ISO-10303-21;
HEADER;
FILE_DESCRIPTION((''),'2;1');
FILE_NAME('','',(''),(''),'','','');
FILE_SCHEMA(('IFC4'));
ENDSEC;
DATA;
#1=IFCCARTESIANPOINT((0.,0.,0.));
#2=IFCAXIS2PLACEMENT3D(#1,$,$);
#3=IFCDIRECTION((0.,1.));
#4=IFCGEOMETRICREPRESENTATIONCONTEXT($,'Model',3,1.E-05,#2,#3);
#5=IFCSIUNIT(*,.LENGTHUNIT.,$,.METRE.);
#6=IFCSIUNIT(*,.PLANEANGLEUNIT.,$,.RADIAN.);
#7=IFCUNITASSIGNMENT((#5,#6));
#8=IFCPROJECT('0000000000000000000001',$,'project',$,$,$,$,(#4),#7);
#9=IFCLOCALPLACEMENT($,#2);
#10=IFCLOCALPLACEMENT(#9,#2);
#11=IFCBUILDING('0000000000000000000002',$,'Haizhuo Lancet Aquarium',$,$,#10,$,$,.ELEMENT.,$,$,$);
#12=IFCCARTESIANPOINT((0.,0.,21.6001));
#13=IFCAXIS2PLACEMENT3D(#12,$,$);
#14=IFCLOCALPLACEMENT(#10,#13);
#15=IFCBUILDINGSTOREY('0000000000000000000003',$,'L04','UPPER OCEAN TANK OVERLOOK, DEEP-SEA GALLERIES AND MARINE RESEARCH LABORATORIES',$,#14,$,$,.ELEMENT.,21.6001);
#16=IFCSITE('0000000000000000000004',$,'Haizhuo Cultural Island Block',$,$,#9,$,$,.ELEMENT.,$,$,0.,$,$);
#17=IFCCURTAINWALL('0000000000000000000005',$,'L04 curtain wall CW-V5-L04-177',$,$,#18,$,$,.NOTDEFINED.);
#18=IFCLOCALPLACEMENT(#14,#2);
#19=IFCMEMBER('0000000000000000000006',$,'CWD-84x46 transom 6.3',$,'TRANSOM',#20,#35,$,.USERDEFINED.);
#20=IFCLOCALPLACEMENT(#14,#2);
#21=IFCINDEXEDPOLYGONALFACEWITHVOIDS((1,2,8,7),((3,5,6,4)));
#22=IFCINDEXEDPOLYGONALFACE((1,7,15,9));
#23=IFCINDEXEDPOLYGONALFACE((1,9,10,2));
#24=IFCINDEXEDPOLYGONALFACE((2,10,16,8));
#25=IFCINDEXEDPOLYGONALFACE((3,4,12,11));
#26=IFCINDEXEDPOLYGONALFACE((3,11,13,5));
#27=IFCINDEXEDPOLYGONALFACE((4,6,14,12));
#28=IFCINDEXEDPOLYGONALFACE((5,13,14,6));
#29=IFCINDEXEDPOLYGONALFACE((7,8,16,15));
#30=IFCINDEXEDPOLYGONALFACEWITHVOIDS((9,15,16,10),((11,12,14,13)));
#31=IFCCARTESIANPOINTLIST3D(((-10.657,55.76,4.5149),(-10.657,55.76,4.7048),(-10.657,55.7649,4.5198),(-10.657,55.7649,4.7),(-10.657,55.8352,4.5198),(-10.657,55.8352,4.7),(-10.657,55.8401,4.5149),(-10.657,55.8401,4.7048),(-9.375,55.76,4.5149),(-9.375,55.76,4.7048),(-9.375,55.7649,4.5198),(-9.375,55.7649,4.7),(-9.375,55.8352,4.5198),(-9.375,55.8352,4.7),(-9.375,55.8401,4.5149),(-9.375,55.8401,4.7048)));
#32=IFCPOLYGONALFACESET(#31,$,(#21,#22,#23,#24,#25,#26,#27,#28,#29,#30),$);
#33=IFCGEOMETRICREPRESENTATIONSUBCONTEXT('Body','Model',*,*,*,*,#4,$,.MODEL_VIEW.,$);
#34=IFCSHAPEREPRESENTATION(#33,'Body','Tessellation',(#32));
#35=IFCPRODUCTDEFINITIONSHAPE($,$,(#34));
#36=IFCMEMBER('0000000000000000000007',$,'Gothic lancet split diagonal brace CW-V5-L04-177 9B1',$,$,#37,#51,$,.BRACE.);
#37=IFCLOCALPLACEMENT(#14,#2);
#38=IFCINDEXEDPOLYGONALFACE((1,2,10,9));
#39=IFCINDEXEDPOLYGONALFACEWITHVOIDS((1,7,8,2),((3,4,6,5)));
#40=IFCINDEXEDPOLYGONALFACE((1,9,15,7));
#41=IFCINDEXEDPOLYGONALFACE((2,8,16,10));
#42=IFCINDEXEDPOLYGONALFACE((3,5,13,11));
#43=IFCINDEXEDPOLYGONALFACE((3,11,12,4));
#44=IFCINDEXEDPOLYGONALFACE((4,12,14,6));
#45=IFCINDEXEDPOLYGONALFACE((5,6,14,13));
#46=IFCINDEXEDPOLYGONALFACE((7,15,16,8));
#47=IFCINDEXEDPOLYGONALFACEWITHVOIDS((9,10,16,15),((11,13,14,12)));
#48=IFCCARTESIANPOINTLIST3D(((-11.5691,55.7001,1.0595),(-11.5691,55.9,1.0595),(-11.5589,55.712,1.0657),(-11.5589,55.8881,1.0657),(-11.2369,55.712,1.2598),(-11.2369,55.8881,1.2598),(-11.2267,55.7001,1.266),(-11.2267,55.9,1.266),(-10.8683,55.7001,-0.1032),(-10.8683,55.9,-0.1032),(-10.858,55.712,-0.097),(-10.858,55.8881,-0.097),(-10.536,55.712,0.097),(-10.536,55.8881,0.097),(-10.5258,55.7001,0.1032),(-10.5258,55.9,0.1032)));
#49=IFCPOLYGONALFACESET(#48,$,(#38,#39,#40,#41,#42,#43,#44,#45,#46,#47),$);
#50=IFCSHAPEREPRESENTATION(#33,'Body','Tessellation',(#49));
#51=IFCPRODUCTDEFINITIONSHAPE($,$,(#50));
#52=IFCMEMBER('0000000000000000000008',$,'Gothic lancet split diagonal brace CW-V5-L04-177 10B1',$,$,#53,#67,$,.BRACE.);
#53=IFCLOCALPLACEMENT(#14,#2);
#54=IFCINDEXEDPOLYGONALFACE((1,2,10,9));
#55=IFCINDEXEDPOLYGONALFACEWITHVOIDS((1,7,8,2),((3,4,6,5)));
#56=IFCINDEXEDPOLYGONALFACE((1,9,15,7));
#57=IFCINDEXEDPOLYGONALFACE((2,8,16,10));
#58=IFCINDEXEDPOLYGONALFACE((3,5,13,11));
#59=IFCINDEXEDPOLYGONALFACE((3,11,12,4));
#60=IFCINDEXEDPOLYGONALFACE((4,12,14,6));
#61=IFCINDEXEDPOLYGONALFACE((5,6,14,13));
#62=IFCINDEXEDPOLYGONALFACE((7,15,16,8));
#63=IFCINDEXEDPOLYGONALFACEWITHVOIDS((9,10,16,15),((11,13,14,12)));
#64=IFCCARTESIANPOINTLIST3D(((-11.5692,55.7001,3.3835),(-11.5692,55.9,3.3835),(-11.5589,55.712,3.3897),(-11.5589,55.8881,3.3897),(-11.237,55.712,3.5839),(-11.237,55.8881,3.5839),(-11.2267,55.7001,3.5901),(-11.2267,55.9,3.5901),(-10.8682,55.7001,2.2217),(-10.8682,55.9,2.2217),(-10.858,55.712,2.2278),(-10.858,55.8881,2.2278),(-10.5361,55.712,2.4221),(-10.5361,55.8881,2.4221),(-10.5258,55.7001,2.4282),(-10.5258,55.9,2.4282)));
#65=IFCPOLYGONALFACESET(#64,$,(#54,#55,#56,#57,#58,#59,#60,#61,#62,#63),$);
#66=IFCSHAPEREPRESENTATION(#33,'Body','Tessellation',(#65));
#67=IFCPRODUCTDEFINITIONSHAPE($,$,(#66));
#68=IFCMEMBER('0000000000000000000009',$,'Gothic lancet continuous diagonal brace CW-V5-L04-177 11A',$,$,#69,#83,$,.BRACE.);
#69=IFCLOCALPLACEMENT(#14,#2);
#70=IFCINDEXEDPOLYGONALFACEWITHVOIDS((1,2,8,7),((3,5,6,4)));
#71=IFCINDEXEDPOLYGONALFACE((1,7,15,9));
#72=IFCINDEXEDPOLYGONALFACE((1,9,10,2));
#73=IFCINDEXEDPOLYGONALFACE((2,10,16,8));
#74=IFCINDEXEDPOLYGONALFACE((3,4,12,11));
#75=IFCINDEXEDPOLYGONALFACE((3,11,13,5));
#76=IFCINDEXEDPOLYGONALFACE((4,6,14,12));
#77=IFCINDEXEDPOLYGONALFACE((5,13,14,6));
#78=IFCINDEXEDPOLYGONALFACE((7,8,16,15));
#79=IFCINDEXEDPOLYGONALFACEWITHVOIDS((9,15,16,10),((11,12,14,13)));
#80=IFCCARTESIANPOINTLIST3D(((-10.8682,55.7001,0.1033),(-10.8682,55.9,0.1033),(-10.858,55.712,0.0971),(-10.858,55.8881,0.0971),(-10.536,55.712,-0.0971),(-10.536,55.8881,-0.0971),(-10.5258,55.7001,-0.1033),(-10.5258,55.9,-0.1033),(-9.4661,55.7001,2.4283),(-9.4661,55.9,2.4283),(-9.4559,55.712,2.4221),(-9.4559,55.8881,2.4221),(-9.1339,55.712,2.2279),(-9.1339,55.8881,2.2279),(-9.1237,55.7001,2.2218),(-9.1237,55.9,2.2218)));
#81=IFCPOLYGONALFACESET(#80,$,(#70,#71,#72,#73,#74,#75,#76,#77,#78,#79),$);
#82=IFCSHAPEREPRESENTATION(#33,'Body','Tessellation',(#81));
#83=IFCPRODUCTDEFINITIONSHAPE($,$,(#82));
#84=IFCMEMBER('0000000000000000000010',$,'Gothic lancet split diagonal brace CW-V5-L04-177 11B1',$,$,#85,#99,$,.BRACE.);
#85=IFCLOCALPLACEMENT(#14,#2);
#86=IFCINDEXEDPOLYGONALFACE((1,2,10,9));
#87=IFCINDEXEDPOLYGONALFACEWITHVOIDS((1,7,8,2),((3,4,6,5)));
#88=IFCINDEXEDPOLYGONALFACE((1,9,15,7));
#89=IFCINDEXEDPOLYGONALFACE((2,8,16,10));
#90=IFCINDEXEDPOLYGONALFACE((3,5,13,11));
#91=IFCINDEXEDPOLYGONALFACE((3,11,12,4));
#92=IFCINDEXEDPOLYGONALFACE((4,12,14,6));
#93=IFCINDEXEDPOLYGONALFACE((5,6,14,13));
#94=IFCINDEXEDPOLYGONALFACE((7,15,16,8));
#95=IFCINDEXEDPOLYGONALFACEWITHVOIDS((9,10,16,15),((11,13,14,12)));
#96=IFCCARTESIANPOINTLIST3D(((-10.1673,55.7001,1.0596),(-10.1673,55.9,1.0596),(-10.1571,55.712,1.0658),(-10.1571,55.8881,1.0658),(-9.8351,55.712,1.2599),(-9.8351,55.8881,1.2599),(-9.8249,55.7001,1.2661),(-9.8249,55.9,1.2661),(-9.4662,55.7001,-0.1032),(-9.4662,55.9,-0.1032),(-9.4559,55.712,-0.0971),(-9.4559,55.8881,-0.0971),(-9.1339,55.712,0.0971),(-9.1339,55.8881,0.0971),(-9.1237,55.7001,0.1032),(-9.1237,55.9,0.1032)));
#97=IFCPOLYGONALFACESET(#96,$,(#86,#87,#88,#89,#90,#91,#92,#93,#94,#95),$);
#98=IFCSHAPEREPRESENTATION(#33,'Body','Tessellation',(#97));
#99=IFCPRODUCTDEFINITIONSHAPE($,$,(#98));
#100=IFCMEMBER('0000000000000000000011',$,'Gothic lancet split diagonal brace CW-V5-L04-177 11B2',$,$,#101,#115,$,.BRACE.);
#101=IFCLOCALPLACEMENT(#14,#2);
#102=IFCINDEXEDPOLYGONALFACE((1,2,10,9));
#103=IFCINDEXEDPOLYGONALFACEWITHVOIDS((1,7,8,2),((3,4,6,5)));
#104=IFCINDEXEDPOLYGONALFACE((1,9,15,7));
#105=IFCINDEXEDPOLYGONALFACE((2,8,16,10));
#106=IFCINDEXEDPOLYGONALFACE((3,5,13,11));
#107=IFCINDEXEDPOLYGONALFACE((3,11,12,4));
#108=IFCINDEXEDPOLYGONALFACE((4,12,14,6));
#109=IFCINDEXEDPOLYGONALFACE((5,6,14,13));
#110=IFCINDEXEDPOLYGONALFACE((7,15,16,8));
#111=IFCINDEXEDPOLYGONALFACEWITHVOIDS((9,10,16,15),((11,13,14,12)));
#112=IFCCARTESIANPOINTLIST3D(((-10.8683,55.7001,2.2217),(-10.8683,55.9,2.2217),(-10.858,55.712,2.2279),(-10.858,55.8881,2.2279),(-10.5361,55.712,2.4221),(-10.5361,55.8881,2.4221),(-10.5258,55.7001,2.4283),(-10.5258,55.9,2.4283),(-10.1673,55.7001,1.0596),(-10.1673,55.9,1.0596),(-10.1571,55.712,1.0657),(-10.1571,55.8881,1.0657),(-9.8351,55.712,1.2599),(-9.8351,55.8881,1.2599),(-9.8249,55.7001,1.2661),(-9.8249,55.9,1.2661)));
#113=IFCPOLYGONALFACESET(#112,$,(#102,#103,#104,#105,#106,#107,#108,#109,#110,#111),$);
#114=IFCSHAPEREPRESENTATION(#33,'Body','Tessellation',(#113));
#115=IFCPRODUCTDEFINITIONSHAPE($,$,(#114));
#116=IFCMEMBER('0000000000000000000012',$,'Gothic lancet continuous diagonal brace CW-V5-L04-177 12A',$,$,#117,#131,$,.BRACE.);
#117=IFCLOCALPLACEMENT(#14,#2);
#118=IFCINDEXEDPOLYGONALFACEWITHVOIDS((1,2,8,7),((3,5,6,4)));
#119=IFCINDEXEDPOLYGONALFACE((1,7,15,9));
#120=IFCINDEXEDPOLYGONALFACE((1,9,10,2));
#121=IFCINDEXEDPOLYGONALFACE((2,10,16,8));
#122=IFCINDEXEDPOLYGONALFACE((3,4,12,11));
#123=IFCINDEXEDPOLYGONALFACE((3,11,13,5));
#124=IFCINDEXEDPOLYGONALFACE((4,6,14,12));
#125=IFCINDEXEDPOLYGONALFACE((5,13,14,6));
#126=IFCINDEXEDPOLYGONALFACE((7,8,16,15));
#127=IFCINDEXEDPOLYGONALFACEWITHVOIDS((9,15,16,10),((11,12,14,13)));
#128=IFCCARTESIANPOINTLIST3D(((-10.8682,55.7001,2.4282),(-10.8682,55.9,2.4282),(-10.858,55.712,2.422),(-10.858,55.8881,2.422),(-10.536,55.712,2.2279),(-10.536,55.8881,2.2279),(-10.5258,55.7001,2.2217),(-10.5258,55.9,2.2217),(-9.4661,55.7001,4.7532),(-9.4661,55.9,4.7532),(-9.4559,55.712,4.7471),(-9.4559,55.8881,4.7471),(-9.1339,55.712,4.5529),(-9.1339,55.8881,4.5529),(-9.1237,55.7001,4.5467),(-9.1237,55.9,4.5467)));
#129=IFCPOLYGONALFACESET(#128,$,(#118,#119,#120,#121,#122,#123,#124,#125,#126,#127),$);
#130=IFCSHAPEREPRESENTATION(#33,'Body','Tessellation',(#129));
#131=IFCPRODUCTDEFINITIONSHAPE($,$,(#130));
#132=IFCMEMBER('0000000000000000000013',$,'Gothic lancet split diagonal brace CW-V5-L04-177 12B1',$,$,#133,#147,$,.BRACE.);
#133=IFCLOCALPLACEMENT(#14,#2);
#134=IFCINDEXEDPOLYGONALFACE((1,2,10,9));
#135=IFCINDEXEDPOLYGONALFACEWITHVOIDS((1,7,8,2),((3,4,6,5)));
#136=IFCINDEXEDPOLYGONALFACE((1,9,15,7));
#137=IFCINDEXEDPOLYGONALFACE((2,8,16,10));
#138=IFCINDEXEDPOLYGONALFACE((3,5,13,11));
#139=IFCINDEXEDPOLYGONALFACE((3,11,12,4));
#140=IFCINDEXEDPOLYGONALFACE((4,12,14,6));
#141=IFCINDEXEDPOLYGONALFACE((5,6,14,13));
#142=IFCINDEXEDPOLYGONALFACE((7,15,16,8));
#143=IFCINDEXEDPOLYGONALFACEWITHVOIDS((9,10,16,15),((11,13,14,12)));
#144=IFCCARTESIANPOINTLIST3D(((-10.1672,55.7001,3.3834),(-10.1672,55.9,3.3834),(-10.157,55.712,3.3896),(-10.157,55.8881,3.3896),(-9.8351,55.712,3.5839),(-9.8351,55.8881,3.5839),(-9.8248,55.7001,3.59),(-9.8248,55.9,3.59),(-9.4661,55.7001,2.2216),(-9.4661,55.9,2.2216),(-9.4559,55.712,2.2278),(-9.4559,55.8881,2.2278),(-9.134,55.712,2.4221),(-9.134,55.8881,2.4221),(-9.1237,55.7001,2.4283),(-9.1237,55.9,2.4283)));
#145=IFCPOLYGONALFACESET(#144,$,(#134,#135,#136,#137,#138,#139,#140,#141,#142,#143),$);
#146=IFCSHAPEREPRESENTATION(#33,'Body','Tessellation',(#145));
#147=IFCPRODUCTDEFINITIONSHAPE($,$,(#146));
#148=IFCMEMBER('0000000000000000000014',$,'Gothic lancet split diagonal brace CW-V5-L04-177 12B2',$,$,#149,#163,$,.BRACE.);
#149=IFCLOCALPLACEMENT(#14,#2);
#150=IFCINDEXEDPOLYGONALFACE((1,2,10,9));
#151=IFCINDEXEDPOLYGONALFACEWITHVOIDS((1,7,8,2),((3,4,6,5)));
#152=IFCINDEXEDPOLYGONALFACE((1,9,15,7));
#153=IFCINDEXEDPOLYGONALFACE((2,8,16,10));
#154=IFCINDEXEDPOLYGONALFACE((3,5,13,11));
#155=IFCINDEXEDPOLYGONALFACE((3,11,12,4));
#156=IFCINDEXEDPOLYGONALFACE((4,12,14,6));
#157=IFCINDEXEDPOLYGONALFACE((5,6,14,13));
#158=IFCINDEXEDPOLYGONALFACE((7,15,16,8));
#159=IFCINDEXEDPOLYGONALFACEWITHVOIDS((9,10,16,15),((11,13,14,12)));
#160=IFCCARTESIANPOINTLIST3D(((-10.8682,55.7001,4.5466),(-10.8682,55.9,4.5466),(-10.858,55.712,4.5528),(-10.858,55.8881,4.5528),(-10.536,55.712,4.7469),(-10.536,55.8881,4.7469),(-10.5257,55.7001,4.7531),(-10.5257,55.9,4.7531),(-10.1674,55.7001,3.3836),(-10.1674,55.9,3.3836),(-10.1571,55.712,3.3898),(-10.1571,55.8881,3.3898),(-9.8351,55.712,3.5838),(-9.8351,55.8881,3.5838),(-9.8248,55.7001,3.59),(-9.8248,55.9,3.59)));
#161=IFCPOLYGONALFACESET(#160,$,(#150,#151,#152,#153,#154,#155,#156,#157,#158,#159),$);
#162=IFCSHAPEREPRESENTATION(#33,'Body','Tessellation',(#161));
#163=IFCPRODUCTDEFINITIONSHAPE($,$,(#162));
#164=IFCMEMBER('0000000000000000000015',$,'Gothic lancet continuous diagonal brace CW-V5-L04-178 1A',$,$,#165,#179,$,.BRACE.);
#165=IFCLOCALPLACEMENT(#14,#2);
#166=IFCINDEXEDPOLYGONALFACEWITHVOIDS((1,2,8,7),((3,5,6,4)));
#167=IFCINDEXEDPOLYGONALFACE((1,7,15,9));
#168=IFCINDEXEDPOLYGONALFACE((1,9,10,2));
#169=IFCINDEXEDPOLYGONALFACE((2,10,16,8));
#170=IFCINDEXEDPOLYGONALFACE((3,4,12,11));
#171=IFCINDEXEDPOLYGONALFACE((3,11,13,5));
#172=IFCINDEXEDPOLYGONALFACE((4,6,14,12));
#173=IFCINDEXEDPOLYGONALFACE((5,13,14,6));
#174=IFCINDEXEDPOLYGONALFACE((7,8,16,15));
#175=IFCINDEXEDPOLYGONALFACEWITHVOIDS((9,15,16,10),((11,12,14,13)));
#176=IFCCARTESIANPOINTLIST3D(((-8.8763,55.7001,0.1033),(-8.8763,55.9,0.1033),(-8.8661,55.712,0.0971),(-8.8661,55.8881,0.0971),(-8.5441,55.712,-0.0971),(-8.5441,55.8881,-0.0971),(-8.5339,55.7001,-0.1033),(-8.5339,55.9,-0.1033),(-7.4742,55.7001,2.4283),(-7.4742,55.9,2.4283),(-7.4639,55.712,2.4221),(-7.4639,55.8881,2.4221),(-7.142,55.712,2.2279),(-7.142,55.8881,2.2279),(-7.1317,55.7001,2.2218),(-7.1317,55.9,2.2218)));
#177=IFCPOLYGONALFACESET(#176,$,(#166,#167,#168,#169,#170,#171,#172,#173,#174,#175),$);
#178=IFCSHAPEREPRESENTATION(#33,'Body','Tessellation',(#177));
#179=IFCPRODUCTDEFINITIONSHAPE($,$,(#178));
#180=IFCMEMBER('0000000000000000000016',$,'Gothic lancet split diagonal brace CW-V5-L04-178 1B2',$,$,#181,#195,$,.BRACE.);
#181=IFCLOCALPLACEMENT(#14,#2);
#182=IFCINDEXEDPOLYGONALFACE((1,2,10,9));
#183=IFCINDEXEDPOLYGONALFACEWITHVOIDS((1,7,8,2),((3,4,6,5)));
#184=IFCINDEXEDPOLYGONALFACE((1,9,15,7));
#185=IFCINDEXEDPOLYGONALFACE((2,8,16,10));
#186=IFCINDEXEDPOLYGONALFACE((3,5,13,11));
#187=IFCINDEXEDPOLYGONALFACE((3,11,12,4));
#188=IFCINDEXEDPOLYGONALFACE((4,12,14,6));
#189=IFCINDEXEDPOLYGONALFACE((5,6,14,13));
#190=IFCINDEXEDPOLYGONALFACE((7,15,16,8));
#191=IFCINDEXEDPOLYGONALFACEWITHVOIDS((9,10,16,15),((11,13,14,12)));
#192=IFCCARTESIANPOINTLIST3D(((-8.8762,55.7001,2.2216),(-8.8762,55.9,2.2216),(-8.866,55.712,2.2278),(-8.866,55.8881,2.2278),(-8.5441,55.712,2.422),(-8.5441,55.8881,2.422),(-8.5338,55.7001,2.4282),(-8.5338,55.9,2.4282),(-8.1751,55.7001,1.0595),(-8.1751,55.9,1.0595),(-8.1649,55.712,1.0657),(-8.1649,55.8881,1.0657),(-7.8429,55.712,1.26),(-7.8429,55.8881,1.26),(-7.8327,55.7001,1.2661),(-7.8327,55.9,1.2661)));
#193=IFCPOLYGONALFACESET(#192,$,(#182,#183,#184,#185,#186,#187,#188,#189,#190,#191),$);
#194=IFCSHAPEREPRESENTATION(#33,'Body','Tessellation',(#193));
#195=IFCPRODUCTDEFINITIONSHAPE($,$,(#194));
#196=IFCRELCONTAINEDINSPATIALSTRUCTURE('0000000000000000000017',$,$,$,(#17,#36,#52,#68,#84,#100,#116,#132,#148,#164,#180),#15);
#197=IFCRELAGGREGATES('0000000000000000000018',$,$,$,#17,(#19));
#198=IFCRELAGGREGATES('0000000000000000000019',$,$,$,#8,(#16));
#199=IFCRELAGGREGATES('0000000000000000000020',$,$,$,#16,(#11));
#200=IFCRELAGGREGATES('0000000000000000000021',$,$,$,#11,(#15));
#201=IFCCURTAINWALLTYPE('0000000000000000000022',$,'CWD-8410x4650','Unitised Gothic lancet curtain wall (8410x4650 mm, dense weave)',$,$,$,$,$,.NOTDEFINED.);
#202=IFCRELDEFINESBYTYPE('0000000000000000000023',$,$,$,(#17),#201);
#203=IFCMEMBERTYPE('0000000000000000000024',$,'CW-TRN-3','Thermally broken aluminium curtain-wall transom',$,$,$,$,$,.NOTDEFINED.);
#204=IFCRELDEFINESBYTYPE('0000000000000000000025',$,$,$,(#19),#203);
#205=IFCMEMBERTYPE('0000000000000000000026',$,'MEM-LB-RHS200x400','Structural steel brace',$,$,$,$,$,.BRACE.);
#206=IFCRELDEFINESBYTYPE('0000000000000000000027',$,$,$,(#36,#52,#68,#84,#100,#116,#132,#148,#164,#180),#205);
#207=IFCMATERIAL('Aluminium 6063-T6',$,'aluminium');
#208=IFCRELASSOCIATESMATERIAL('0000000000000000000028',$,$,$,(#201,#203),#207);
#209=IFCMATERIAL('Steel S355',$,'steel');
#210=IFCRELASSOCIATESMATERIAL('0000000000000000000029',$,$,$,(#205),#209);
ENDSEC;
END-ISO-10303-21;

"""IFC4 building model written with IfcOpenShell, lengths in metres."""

from ifc_helpers import new_model, si_unit, direction, frame, origin, origin_2d, place, context, subcontext, project, spatial, hollow_rectangle, extrude, material, material_profile, profile_set, type_object, element, aggregate, save


model = new_model("IFC4")

# Units and contexts
model_context = context("Model", 3, precision=1e-05, world=origin(), true_north=direction((0.0, 1.0)))
body_context = subcontext(model_context, "Body", "Model", "MODEL_VIEW")
ifc_project = project(units=[si_unit("LENGTHUNIT", "METRE"), si_unit("PLANEANGLEUNIT", "RADIAN")], contexts=[model_context])

# Site, building, storey
site_placement = place(None, origin())
site = spatial("IfcSite", under=ifc_project, at=site_placement, Name="Haizhuo Cultural Island Block", CompositionType="ELEMENT", RefElevation=0.0)
building_placement = place(site_placement, origin())
building = spatial("IfcBuilding", under=site, at=building_placement, Name="Haizhuo Lancet Aquarium", CompositionType="ELEMENT")
storey_placement = place(building_placement, frame((0.0, 0.0, 21.6001)))
storey = spatial("IfcBuildingStorey", under=building, at=storey_placement, Name="L04", Description="UPPER OCEAN TANK OVERLOOK, DEEP-SEA GALLERIES AND MARINE RESEARCH LABORATORIES", CompositionType="ELEMENT", Elevation=21.6001)

# Shared definitions
ifc_material_1 = material(Name="Aluminium 6063-T6", Category="aluminium")
curtain_wall_type = type_object("IfcCurtainWallType", Name="CWD-8410x4650", Description="Unitised Gothic lancet curtain wall (8410x4650 mm, dense weave)", PredefinedType="NOTDEFINED", material=ifc_material_1)

# Curtain wall
curtain_wall_1_placement = place(storey_placement, origin())
curtain_wall_1 = element("IfcCurtainWall", 1, at=curtain_wall_1_placement, inside=storey, type_object=curtain_wall_type, Name="L04 curtain wall CW-V5-L04-177", PredefinedType="NOTDEFINED")

# Member
ifc_material_profile_1 = material_profile(ifc_material_1, hollow_rectangle(XDim=0.0801, YDim=0.1899, WallThickness=0.0049, at=origin_2d()), Name="ALU-T 80x190x5")
ifc_profile_set_1 = profile_set([ifc_material_profile_1], Name="Aluminium 6063-T6")
member_type_1 = type_object("IfcMemberType", Name="CW-TRN-3", Description="Thermally broken aluminium curtain-wall transom", PredefinedType="NOTDEFINED", material=ifc_profile_set_1)
member_1_placement = place(storey_placement, frame((-10.657, 55.8, 4.6099), z_axis=(1.0, 0.0, 0.0), x_axis=(0.0, 1.0, 0.0)))
member_1 = element("IfcMember", 2, at=member_1_placement, type_object=member_type_1, Name="CWD-84x46 transom 6.3", ObjectType="TRANSOM", PredefinedType="USERDEFINED", context=body_context, shape_type="SweptSolid", body=[
    extrude(hollow_rectangle(XDim=0.0801, YDim=0.1899, WallThickness=0.0049, at=origin_2d()), origin(), (0.0, 0.0, 1.0), 1.282),
])

# Members
ifc_material_2 = material(Name="Steel S355", Category="steel")
ifc_material_profile_2 = material_profile(ifc_material_2, hollow_rectangle(XDim=0.2, YDim=0.3999, WallThickness=0.012, at=origin_2d()), Name="RHS 200x400x12")
ifc_profile_set_2 = profile_set([ifc_material_profile_2], Name="Steel S355")
member_type_2 = type_object("IfcMemberType", Name="MEM-LB-RHS200x400", Description="Structural steel brace", PredefinedType="BRACE", material=ifc_profile_set_2)
member_2_placement = place(storey_placement, frame((-10.697, 55.8, 0.0), z_axis=(-0.51624, 0.0, 0.856444), x_axis=(0.0, -1.0, 0.0)))
element("IfcMember", 3, at=member_2_placement, inside=storey, type_object=member_type_2, Name="Gothic lancet split diagonal brace CW-V5-L04-177 9B1", PredefinedType="BRACE", context=body_context, shape_type="SweptSolid", body=[
    extrude(hollow_rectangle(XDim=0.2, YDim=0.3999, WallThickness=0.012, at=origin_2d()), origin(), (0.0, 0.0, 1.0), 1.3577),
])
member_3_placement = place(storey_placement, frame((-10.697, 55.8, 2.325), z_axis=(-0.516558, 0.0, 0.856252), x_axis=(0.0, -1.0, 0.0)))
element("IfcMember", 4, at=member_3_placement, inside=storey, type_object=member_type_2, Name="Gothic lancet split diagonal brace CW-V5-L04-177 10B1", PredefinedType="BRACE", context=body_context, shape_type="SweptSolid", body=[
    extrude(hollow_rectangle(XDim=0.2, YDim=0.3999, WallThickness=0.012, at=origin_2d()), origin(), (0.0, 0.0, 1.0), 1.3569),
])
member_4_placement = place(storey_placement, frame((-10.697, 55.8, 0.0), z_axis=(0.516425, 0.0, 0.856332), x_axis=(0.0, 1.0, 0.0)))
element("IfcMember", 5, at=member_4_placement, inside=storey, type_object=member_type_2, Name="Gothic lancet continuous diagonal brace CW-V5-L04-177 11A", PredefinedType="BRACE", context=body_context, shape_type="SweptSolid", body=[
    extrude(hollow_rectangle(XDim=0.2, YDim=0.3999, WallThickness=0.012, at=origin_2d()), origin(), (0.0, 0.0, 1.0), 2.7151),
])
member_5_placement = place(storey_placement, frame((-9.2949, 55.8, 0.0), z_axis=(-0.516372, 0.0, 0.856365), x_axis=(0.0, -1.0, 0.0)))
element("IfcMember", 6, at=member_5_placement, inside=storey, type_object=member_type_2, Name="Gothic lancet split diagonal brace CW-V5-L04-177 11B1", PredefinedType="BRACE", context=body_context, shape_type="SweptSolid", body=[
    extrude(hollow_rectangle(XDim=0.2, YDim=0.3999, WallThickness=0.012, at=origin_2d()), origin(), (0.0, 0.0, 1.0), 1.3579),
])
member_6_placement = place(storey_placement, frame((-9.9961, 55.8, 1.1628), z_axis=(-0.516479, 0.0, 0.8563), x_axis=(0.0, -1.0, 0.0)))
element("IfcMember", 7, at=member_6_placement, inside=storey, type_object=member_type_2, Name="Gothic lancet split diagonal brace CW-V5-L04-177 11B2", PredefinedType="BRACE", context=body_context, shape_type="SweptSolid", body=[
    extrude(hollow_rectangle(XDim=0.2, YDim=0.3999, WallThickness=0.012, at=origin_2d()), origin(), (0.0, 0.0, 1.0), 1.3572),
])
member_7_placement = place(storey_placement, frame((-10.697, 55.8, 2.325), z_axis=(0.516425, 0.0, 0.856332), x_axis=(0.0, 1.0, 0.0)))
element("IfcMember", 8, at=member_7_placement, inside=storey, type_object=member_type_2, Name="Gothic lancet continuous diagonal brace CW-V5-L04-177 12A", PredefinedType="BRACE", context=body_context, shape_type="SweptSolid", body=[
    extrude(hollow_rectangle(XDim=0.2, YDim=0.3999, WallThickness=0.012, at=origin_2d()), origin(), (0.0, 0.0, 1.0), 2.7151),
])
member_8_placement = place(storey_placement, frame((-9.2949, 55.8, 2.325), z_axis=(-0.51669, 0.0, 0.856173), x_axis=(0.0, -1.0, 0.0)))
element("IfcMember", 9, at=member_8_placement, inside=storey, type_object=member_type_2, Name="Gothic lancet split diagonal brace CW-V5-L04-177 12B1", PredefinedType="BRACE", context=body_context, shape_type="SweptSolid", body=[
    extrude(hollow_rectangle(XDim=0.2, YDim=0.3999, WallThickness=0.012, at=origin_2d()), origin(), (0.0, 0.0, 1.0), 1.3569),
])
member_9_placement = place(storey_placement, frame((-9.9961, 55.8, 3.4868), z_axis=(-0.51616, 0.0, 0.856492), x_axis=(0.0, -1.0, 0.0)))
element("IfcMember", 10, at=member_9_placement, inside=storey, type_object=member_type_2, Name="Gothic lancet split diagonal brace CW-V5-L04-177 12B2", PredefinedType="BRACE", context=body_context, shape_type="SweptSolid", body=[
    extrude(hollow_rectangle(XDim=0.2, YDim=0.3999, WallThickness=0.012, at=origin_2d()), origin(), (0.0, 0.0, 1.0), 1.3579),
])
member_10_placement = place(storey_placement, frame((-8.7051, 55.8, 0.0), z_axis=(0.516425, 0.0, 0.856332), x_axis=(0.0, 1.0, 0.0)))
element("IfcMember", 11, at=member_10_placement, inside=storey, type_object=member_type_2, Name="Gothic lancet continuous diagonal brace CW-V5-L04-178 1A", PredefinedType="BRACE", context=body_context, shape_type="SweptSolid", body=[
    extrude(hollow_rectangle(XDim=0.2, YDim=0.3999, WallThickness=0.012, at=origin_2d()), origin(), (0.0, 0.0, 1.0), 2.7151),
])
member_11_placement = place(storey_placement, frame((-8.0039, 55.8, 1.1628), z_axis=(-0.51661, 0.0, 0.856221), x_axis=(0.0, -1.0, 0.0)))
element("IfcMember", 12, at=member_11_placement, inside=storey, type_object=member_type_2, Name="Gothic lancet split diagonal brace CW-V5-L04-178 1B2", PredefinedType="BRACE", context=body_context, shape_type="SweptSolid", body=[
    extrude(hollow_rectangle(XDim=0.2, YDim=0.3999, WallThickness=0.012, at=origin_2d()), origin(), (0.0, 0.0, 1.0), 1.3572),
])

aggregate(curtain_wall_1, [member_1])

save(model, "model.ifc")
